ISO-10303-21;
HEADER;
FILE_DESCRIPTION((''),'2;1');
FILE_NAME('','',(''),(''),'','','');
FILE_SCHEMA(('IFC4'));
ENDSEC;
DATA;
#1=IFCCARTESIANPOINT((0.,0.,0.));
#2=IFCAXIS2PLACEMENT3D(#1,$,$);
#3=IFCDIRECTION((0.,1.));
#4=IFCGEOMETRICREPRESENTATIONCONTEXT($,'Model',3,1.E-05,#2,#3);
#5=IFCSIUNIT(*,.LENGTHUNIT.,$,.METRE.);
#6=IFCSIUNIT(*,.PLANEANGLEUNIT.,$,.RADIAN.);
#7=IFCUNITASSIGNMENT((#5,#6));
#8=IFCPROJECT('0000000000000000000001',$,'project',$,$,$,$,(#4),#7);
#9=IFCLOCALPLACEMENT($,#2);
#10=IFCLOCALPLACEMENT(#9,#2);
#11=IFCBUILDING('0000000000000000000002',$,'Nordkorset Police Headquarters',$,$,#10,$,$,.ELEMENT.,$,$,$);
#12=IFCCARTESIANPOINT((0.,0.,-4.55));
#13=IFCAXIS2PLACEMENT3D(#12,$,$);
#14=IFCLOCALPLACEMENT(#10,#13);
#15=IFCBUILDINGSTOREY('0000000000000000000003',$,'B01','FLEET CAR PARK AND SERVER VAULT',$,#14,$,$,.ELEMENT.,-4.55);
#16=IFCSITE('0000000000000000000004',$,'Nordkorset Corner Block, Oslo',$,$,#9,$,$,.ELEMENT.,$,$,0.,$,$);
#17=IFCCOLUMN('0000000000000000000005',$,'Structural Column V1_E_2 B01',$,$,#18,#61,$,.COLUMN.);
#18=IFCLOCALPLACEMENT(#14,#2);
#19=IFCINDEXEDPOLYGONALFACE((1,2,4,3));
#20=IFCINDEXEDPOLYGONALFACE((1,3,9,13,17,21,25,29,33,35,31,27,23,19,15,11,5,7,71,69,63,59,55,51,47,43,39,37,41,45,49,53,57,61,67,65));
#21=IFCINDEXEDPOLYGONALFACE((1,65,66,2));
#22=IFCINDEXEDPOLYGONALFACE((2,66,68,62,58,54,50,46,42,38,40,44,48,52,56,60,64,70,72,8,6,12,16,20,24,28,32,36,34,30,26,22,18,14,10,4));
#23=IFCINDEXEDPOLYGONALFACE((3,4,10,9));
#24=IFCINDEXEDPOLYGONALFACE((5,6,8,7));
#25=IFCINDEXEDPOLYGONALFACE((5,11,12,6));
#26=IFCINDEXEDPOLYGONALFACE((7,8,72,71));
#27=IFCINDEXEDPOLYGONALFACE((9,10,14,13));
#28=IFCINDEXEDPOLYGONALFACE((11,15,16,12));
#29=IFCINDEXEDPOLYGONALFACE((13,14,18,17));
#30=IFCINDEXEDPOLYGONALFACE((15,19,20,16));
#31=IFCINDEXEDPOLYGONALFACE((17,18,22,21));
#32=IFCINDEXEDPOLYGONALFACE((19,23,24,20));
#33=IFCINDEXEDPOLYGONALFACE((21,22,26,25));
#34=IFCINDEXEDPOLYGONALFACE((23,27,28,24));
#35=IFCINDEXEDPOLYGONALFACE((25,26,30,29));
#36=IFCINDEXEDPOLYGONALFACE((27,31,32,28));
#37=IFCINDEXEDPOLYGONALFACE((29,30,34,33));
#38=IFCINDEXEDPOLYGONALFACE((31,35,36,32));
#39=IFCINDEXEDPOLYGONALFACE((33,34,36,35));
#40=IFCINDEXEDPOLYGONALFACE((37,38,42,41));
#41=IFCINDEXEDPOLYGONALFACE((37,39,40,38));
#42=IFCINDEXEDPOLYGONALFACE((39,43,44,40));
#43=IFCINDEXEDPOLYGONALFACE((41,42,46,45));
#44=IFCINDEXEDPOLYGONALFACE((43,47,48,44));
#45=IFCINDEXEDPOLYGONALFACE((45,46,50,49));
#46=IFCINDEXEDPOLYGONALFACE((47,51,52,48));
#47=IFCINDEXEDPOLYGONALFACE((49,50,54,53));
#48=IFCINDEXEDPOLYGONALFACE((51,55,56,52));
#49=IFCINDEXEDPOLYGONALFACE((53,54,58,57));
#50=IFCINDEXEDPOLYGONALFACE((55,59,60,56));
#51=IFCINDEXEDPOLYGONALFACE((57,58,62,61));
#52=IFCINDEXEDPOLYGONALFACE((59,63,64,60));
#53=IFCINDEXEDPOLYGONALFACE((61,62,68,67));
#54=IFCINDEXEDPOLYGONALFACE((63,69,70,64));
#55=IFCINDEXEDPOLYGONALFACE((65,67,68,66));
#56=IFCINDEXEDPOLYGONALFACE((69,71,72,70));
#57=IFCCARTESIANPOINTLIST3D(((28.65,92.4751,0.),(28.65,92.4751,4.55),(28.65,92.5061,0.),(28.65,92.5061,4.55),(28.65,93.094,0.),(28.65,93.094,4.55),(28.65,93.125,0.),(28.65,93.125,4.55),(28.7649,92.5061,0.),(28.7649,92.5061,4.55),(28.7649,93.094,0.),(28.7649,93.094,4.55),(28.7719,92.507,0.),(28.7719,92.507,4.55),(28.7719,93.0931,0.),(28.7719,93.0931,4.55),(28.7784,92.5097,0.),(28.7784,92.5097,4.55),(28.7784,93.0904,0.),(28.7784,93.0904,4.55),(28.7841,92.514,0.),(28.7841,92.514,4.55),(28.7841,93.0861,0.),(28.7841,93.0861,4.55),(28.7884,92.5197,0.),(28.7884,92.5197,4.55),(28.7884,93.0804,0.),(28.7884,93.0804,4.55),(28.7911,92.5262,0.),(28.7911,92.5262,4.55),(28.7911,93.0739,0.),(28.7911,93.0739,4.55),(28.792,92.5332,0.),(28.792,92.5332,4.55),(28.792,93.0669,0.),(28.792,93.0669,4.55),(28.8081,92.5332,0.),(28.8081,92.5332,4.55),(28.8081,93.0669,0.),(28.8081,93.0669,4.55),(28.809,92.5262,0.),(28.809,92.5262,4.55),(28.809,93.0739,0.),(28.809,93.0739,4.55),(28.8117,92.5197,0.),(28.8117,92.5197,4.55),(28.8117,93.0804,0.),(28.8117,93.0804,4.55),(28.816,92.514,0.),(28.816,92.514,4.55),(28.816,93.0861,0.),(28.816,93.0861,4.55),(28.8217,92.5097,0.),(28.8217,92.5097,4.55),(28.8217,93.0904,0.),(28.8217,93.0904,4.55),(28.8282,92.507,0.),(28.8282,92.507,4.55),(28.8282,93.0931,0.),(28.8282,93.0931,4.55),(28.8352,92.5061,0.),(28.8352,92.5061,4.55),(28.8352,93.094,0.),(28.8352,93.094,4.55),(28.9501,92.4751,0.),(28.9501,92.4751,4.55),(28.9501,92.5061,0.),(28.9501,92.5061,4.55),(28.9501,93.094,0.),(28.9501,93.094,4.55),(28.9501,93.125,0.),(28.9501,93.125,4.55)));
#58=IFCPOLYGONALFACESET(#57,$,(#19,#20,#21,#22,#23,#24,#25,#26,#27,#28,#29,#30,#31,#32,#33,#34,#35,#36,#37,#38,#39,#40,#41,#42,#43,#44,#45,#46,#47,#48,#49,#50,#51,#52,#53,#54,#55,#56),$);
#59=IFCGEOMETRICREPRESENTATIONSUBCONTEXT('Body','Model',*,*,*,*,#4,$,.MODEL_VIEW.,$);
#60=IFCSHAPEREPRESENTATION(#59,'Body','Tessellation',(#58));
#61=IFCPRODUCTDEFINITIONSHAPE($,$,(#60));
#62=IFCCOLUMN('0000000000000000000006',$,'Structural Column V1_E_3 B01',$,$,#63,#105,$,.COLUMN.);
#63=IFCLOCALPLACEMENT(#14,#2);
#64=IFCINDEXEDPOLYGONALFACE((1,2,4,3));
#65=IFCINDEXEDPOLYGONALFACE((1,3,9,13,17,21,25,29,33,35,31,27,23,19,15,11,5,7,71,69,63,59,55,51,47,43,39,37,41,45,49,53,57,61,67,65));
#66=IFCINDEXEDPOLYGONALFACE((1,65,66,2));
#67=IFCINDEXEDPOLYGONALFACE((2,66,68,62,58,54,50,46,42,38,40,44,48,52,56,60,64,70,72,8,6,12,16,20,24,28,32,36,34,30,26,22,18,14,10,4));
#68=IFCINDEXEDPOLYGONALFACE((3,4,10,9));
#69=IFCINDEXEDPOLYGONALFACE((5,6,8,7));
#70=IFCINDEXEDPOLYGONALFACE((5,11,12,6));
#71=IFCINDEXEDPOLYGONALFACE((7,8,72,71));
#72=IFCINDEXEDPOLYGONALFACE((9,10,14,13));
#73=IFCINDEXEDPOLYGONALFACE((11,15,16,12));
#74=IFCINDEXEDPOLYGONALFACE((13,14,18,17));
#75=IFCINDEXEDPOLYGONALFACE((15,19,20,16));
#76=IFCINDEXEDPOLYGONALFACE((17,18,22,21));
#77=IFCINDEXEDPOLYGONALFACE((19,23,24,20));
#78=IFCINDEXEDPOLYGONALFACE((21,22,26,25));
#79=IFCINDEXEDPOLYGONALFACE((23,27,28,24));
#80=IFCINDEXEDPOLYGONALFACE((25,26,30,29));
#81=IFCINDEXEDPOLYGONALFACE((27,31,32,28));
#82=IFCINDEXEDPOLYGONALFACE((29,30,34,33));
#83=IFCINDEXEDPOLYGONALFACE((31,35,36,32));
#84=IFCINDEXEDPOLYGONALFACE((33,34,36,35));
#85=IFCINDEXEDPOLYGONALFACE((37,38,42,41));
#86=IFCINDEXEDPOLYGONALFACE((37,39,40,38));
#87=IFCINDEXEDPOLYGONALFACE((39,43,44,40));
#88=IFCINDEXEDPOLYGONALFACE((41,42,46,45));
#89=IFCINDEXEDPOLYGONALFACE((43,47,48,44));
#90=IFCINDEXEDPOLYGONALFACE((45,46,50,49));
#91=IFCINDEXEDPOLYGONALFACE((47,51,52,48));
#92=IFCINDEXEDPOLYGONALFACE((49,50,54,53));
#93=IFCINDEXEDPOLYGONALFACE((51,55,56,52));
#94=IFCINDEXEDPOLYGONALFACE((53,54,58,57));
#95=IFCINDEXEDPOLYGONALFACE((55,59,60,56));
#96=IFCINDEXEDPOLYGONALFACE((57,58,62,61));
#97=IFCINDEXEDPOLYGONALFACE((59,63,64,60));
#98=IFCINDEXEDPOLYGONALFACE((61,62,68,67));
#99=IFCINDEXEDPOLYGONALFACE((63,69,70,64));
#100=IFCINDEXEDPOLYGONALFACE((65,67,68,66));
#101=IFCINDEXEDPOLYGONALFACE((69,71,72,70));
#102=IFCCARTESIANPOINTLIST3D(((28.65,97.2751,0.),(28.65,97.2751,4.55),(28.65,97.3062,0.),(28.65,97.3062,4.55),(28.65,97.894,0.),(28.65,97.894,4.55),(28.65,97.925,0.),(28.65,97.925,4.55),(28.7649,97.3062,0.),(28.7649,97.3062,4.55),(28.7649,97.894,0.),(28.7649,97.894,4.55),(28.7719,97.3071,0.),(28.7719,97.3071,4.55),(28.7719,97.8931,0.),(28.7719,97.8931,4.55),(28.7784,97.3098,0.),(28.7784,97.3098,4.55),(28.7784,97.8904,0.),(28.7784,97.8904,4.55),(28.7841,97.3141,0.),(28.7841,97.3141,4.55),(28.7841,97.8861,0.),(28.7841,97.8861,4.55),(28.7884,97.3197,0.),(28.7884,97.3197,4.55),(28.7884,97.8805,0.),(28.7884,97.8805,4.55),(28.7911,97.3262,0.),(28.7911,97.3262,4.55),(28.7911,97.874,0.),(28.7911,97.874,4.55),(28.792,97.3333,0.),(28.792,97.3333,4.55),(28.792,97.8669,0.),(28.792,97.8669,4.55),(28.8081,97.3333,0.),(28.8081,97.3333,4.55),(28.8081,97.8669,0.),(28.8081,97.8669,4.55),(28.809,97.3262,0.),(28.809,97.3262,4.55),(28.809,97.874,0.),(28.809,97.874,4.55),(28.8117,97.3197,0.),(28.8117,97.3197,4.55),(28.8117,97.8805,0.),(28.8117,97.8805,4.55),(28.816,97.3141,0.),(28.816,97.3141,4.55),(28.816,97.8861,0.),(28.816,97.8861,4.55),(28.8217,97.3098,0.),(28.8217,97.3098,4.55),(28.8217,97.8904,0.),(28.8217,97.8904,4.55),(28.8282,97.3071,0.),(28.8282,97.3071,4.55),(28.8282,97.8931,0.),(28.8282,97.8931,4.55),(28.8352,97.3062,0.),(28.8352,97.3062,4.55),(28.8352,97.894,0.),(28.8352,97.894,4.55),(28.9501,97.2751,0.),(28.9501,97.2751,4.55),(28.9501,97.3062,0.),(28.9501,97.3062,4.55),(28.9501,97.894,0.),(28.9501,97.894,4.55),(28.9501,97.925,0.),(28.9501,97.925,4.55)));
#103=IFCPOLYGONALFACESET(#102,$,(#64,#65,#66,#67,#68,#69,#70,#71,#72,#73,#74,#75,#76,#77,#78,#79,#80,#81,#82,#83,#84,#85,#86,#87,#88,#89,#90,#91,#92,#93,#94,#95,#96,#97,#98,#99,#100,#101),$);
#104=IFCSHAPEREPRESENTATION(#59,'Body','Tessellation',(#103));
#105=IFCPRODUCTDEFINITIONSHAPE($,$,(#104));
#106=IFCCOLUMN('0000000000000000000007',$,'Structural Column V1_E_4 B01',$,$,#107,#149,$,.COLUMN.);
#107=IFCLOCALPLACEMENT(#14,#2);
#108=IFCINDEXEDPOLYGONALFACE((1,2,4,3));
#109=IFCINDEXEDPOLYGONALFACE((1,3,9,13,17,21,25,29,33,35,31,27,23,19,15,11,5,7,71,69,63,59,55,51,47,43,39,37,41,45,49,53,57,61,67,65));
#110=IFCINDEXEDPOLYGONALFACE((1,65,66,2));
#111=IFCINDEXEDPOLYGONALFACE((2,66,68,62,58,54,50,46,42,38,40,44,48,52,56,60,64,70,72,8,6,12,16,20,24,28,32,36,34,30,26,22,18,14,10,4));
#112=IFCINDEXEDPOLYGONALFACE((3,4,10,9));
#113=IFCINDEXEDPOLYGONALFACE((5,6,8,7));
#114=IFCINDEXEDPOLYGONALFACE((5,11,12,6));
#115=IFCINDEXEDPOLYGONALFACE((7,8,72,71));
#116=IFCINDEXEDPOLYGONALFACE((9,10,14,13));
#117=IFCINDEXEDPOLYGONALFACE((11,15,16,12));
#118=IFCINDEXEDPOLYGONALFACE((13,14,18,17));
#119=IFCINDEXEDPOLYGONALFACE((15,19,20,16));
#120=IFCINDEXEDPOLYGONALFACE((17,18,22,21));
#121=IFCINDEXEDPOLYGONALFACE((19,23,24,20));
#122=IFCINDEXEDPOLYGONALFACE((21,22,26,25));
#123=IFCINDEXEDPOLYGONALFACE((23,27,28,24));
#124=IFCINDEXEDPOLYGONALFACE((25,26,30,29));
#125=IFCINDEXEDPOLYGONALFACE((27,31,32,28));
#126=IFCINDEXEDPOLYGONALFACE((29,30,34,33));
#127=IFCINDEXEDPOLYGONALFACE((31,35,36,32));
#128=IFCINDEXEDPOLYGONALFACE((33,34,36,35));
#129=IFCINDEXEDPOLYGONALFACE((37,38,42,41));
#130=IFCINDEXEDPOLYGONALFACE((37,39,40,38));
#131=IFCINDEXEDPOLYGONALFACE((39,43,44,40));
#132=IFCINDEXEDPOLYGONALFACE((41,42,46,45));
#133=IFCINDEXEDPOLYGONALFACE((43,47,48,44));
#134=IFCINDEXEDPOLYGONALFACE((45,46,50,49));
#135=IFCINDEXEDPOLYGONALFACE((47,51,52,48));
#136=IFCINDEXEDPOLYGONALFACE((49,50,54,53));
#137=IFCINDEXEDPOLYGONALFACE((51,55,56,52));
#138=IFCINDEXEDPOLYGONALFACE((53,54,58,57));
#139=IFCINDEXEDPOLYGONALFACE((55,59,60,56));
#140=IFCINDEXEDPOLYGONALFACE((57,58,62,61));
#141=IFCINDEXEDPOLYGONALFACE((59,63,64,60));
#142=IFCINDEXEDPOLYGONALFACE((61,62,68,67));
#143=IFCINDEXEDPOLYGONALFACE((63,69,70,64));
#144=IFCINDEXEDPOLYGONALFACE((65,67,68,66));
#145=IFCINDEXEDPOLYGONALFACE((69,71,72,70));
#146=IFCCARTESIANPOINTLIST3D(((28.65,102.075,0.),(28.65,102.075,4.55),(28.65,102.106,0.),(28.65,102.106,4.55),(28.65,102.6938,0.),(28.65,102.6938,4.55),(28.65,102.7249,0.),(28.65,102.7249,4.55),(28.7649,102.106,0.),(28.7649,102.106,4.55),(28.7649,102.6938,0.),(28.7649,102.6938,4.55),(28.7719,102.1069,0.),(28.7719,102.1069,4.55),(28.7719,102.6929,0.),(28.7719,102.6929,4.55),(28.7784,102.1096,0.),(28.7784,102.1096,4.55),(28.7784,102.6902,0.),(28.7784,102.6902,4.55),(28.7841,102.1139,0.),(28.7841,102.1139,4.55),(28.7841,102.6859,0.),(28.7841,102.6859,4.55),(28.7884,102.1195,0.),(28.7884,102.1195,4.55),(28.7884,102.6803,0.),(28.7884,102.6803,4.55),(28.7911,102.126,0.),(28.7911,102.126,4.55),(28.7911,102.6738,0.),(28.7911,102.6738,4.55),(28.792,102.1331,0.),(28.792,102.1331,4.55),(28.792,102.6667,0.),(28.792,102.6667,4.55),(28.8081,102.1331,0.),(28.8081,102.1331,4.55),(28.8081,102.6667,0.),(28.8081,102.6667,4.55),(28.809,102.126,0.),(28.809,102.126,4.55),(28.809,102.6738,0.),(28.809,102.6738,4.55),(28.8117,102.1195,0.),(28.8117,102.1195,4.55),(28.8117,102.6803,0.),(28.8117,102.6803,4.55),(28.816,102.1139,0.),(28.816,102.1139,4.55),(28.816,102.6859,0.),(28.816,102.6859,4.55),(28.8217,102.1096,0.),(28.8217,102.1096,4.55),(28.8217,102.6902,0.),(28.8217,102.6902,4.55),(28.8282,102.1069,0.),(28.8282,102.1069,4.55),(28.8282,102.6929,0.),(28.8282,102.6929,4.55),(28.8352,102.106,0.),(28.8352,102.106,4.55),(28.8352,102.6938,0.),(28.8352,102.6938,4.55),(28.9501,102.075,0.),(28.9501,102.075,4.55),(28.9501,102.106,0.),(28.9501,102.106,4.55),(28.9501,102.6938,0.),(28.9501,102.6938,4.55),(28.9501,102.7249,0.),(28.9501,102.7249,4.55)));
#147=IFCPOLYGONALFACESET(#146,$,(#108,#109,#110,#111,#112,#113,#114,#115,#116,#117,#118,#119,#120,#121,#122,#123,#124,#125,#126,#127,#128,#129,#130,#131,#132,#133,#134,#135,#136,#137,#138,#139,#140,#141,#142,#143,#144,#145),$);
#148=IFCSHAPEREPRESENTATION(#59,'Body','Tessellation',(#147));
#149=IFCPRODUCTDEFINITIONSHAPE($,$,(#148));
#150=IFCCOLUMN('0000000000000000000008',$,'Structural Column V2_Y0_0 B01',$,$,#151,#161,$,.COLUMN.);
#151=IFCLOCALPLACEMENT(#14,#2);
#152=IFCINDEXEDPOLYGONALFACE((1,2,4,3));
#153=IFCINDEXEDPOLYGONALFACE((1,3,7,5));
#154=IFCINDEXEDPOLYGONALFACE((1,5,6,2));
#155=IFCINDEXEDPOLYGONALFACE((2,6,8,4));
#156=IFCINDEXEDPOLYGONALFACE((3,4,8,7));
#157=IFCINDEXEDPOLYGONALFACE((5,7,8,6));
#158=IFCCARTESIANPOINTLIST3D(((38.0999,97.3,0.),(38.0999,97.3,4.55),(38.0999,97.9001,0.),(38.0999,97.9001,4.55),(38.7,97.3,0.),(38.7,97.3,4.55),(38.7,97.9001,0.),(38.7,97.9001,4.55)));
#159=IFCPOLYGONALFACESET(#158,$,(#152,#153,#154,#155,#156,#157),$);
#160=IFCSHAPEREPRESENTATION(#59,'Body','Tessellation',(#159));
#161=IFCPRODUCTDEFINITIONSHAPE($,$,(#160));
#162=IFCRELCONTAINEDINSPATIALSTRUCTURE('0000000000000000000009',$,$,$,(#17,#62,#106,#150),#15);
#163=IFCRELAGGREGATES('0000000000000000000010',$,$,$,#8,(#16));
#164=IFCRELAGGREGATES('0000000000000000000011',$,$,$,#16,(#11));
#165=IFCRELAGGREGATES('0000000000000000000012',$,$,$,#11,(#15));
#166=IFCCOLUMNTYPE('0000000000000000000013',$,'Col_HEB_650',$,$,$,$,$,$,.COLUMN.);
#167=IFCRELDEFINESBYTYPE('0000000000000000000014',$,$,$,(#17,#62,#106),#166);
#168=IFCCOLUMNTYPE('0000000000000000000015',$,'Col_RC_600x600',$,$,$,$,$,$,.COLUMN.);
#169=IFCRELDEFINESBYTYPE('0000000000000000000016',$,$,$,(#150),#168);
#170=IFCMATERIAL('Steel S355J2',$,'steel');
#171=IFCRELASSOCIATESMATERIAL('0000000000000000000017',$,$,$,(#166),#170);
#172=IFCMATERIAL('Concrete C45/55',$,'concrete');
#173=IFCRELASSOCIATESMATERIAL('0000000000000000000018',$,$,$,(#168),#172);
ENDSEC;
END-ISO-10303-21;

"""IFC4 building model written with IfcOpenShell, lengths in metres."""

from ifc_helpers import new_model, si_unit, direction, frame, origin, origin_2d, place, context, subcontext, project, spatial, rectangle, i_section, extrude, material, material_profile, profile_set, type_object, element, save


model = new_model("IFC4")

# Units and contexts
model_context = context("Model", 3, precision=1e-05, world=origin(), true_north=direction((0.0, 1.0)))
body_context = subcontext(model_context, "Body", "Model", "MODEL_VIEW")
ifc_project = project(units=[si_unit("LENGTHUNIT", "METRE"), si_unit("PLANEANGLEUNIT", "RADIAN")], contexts=[model_context])

# Site, building, storey
site_placement = place(None, origin())
site = spatial("IfcSite", under=ifc_project, at=site_placement, Name="Nordkorset Corner Block, Oslo", CompositionType="ELEMENT", RefElevation=0.0)
building_placement = place(site_placement, origin())
building = spatial("IfcBuilding", under=site, at=building_placement, Name="Nordkorset Police Headquarters", CompositionType="ELEMENT")
storey_placement = place(building_placement, frame((0.0, 0.0, -4.55)))
storey = spatial("IfcBuildingStorey", under=building, at=storey_placement, Name="B01", Description="FLEET CAR PARK AND SERVER VAULT", CompositionType="ELEMENT", Elevation=-4.55)

# Columns
ifc_material_1 = material(Name="Steel S355J2", Category="steel")
ifc_material_profile_1 = material_profile(ifc_material_1, i_section(OverallWidth=0.3, OverallDepth=0.6499, WebThickness=0.0161, FlangeThickness=0.031, FilletRadius=0.0271, at=origin_2d()), Name="HEB 650")
ifc_profile_set_1 = profile_set([ifc_material_profile_1], Name="Steel S355J2")
column_type_1 = type_object("IfcColumnType", Name="Col_HEB_650", PredefinedType="COLUMN", material=ifc_profile_set_1)
for number, where, z_axis, x_axis, name in (
    (1, (28.8, 92.8, 0.0), (0.0, 0.0, 1.0), (1.0, 0.0, 0.0), "Structural Column V1_E_2 B01"),
    (2, (28.8, 97.6001, 0.0), (0.0, 0.0, 1.0), (1.0, 0.0, 0.0), "Structural Column V1_E_3 B01"),
    (3, (28.8, 102.3999, 0.0), (0.0, 0.0, 1.0), (1.0, 0.0, 0.0), "Structural Column V1_E_4 B01"),
):
    element("IfcColumn", number, at=place(storey_placement, frame(where, z_axis=z_axis, x_axis=x_axis)), inside=storey, type_object=column_type_1, Name=name, PredefinedType="COLUMN", context=body_context, shape_type="SweptSolid", body=[
        extrude(i_section(OverallWidth=0.3, OverallDepth=0.6499, WebThickness=0.0161, FlangeThickness=0.031, FilletRadius=0.0271, at=origin_2d()), origin(), (0.0, 0.0, 1.0), 4.55),
    ])
ifc_material_2 = material(Name="Concrete C45/55", Category="concrete")
ifc_material_profile_2 = material_profile(ifc_material_2, rectangle(XDim=0.6001, YDim=0.6001, at=origin_2d()), Name="RC 600x600")
ifc_profile_set_2 = profile_set([ifc_material_profile_2], Name="Concrete C45/55")
column_type_2 = type_object("IfcColumnType", Name="Col_RC_600x600", PredefinedType="COLUMN", material=ifc_profile_set_2)
column_placement = place(storey_placement, frame((38.3999, 97.6001, 0.0), z_axis=(0.0, 0.0, 1.0), x_axis=(1.0, 0.0, 0.0)))
element("IfcColumn", 4, at=column_placement, inside=storey, type_object=column_type_2, Name="Structural Column V2_Y0_0 B01", PredefinedType="COLUMN", context=body_context, shape_type="SweptSolid", body=[
    extrude(rectangle(XDim=0.6001, YDim=0.6001, at=origin_2d()), origin(), (0.0, 0.0, 1.0), 4.55),
])

save(model, "model.ifc")
